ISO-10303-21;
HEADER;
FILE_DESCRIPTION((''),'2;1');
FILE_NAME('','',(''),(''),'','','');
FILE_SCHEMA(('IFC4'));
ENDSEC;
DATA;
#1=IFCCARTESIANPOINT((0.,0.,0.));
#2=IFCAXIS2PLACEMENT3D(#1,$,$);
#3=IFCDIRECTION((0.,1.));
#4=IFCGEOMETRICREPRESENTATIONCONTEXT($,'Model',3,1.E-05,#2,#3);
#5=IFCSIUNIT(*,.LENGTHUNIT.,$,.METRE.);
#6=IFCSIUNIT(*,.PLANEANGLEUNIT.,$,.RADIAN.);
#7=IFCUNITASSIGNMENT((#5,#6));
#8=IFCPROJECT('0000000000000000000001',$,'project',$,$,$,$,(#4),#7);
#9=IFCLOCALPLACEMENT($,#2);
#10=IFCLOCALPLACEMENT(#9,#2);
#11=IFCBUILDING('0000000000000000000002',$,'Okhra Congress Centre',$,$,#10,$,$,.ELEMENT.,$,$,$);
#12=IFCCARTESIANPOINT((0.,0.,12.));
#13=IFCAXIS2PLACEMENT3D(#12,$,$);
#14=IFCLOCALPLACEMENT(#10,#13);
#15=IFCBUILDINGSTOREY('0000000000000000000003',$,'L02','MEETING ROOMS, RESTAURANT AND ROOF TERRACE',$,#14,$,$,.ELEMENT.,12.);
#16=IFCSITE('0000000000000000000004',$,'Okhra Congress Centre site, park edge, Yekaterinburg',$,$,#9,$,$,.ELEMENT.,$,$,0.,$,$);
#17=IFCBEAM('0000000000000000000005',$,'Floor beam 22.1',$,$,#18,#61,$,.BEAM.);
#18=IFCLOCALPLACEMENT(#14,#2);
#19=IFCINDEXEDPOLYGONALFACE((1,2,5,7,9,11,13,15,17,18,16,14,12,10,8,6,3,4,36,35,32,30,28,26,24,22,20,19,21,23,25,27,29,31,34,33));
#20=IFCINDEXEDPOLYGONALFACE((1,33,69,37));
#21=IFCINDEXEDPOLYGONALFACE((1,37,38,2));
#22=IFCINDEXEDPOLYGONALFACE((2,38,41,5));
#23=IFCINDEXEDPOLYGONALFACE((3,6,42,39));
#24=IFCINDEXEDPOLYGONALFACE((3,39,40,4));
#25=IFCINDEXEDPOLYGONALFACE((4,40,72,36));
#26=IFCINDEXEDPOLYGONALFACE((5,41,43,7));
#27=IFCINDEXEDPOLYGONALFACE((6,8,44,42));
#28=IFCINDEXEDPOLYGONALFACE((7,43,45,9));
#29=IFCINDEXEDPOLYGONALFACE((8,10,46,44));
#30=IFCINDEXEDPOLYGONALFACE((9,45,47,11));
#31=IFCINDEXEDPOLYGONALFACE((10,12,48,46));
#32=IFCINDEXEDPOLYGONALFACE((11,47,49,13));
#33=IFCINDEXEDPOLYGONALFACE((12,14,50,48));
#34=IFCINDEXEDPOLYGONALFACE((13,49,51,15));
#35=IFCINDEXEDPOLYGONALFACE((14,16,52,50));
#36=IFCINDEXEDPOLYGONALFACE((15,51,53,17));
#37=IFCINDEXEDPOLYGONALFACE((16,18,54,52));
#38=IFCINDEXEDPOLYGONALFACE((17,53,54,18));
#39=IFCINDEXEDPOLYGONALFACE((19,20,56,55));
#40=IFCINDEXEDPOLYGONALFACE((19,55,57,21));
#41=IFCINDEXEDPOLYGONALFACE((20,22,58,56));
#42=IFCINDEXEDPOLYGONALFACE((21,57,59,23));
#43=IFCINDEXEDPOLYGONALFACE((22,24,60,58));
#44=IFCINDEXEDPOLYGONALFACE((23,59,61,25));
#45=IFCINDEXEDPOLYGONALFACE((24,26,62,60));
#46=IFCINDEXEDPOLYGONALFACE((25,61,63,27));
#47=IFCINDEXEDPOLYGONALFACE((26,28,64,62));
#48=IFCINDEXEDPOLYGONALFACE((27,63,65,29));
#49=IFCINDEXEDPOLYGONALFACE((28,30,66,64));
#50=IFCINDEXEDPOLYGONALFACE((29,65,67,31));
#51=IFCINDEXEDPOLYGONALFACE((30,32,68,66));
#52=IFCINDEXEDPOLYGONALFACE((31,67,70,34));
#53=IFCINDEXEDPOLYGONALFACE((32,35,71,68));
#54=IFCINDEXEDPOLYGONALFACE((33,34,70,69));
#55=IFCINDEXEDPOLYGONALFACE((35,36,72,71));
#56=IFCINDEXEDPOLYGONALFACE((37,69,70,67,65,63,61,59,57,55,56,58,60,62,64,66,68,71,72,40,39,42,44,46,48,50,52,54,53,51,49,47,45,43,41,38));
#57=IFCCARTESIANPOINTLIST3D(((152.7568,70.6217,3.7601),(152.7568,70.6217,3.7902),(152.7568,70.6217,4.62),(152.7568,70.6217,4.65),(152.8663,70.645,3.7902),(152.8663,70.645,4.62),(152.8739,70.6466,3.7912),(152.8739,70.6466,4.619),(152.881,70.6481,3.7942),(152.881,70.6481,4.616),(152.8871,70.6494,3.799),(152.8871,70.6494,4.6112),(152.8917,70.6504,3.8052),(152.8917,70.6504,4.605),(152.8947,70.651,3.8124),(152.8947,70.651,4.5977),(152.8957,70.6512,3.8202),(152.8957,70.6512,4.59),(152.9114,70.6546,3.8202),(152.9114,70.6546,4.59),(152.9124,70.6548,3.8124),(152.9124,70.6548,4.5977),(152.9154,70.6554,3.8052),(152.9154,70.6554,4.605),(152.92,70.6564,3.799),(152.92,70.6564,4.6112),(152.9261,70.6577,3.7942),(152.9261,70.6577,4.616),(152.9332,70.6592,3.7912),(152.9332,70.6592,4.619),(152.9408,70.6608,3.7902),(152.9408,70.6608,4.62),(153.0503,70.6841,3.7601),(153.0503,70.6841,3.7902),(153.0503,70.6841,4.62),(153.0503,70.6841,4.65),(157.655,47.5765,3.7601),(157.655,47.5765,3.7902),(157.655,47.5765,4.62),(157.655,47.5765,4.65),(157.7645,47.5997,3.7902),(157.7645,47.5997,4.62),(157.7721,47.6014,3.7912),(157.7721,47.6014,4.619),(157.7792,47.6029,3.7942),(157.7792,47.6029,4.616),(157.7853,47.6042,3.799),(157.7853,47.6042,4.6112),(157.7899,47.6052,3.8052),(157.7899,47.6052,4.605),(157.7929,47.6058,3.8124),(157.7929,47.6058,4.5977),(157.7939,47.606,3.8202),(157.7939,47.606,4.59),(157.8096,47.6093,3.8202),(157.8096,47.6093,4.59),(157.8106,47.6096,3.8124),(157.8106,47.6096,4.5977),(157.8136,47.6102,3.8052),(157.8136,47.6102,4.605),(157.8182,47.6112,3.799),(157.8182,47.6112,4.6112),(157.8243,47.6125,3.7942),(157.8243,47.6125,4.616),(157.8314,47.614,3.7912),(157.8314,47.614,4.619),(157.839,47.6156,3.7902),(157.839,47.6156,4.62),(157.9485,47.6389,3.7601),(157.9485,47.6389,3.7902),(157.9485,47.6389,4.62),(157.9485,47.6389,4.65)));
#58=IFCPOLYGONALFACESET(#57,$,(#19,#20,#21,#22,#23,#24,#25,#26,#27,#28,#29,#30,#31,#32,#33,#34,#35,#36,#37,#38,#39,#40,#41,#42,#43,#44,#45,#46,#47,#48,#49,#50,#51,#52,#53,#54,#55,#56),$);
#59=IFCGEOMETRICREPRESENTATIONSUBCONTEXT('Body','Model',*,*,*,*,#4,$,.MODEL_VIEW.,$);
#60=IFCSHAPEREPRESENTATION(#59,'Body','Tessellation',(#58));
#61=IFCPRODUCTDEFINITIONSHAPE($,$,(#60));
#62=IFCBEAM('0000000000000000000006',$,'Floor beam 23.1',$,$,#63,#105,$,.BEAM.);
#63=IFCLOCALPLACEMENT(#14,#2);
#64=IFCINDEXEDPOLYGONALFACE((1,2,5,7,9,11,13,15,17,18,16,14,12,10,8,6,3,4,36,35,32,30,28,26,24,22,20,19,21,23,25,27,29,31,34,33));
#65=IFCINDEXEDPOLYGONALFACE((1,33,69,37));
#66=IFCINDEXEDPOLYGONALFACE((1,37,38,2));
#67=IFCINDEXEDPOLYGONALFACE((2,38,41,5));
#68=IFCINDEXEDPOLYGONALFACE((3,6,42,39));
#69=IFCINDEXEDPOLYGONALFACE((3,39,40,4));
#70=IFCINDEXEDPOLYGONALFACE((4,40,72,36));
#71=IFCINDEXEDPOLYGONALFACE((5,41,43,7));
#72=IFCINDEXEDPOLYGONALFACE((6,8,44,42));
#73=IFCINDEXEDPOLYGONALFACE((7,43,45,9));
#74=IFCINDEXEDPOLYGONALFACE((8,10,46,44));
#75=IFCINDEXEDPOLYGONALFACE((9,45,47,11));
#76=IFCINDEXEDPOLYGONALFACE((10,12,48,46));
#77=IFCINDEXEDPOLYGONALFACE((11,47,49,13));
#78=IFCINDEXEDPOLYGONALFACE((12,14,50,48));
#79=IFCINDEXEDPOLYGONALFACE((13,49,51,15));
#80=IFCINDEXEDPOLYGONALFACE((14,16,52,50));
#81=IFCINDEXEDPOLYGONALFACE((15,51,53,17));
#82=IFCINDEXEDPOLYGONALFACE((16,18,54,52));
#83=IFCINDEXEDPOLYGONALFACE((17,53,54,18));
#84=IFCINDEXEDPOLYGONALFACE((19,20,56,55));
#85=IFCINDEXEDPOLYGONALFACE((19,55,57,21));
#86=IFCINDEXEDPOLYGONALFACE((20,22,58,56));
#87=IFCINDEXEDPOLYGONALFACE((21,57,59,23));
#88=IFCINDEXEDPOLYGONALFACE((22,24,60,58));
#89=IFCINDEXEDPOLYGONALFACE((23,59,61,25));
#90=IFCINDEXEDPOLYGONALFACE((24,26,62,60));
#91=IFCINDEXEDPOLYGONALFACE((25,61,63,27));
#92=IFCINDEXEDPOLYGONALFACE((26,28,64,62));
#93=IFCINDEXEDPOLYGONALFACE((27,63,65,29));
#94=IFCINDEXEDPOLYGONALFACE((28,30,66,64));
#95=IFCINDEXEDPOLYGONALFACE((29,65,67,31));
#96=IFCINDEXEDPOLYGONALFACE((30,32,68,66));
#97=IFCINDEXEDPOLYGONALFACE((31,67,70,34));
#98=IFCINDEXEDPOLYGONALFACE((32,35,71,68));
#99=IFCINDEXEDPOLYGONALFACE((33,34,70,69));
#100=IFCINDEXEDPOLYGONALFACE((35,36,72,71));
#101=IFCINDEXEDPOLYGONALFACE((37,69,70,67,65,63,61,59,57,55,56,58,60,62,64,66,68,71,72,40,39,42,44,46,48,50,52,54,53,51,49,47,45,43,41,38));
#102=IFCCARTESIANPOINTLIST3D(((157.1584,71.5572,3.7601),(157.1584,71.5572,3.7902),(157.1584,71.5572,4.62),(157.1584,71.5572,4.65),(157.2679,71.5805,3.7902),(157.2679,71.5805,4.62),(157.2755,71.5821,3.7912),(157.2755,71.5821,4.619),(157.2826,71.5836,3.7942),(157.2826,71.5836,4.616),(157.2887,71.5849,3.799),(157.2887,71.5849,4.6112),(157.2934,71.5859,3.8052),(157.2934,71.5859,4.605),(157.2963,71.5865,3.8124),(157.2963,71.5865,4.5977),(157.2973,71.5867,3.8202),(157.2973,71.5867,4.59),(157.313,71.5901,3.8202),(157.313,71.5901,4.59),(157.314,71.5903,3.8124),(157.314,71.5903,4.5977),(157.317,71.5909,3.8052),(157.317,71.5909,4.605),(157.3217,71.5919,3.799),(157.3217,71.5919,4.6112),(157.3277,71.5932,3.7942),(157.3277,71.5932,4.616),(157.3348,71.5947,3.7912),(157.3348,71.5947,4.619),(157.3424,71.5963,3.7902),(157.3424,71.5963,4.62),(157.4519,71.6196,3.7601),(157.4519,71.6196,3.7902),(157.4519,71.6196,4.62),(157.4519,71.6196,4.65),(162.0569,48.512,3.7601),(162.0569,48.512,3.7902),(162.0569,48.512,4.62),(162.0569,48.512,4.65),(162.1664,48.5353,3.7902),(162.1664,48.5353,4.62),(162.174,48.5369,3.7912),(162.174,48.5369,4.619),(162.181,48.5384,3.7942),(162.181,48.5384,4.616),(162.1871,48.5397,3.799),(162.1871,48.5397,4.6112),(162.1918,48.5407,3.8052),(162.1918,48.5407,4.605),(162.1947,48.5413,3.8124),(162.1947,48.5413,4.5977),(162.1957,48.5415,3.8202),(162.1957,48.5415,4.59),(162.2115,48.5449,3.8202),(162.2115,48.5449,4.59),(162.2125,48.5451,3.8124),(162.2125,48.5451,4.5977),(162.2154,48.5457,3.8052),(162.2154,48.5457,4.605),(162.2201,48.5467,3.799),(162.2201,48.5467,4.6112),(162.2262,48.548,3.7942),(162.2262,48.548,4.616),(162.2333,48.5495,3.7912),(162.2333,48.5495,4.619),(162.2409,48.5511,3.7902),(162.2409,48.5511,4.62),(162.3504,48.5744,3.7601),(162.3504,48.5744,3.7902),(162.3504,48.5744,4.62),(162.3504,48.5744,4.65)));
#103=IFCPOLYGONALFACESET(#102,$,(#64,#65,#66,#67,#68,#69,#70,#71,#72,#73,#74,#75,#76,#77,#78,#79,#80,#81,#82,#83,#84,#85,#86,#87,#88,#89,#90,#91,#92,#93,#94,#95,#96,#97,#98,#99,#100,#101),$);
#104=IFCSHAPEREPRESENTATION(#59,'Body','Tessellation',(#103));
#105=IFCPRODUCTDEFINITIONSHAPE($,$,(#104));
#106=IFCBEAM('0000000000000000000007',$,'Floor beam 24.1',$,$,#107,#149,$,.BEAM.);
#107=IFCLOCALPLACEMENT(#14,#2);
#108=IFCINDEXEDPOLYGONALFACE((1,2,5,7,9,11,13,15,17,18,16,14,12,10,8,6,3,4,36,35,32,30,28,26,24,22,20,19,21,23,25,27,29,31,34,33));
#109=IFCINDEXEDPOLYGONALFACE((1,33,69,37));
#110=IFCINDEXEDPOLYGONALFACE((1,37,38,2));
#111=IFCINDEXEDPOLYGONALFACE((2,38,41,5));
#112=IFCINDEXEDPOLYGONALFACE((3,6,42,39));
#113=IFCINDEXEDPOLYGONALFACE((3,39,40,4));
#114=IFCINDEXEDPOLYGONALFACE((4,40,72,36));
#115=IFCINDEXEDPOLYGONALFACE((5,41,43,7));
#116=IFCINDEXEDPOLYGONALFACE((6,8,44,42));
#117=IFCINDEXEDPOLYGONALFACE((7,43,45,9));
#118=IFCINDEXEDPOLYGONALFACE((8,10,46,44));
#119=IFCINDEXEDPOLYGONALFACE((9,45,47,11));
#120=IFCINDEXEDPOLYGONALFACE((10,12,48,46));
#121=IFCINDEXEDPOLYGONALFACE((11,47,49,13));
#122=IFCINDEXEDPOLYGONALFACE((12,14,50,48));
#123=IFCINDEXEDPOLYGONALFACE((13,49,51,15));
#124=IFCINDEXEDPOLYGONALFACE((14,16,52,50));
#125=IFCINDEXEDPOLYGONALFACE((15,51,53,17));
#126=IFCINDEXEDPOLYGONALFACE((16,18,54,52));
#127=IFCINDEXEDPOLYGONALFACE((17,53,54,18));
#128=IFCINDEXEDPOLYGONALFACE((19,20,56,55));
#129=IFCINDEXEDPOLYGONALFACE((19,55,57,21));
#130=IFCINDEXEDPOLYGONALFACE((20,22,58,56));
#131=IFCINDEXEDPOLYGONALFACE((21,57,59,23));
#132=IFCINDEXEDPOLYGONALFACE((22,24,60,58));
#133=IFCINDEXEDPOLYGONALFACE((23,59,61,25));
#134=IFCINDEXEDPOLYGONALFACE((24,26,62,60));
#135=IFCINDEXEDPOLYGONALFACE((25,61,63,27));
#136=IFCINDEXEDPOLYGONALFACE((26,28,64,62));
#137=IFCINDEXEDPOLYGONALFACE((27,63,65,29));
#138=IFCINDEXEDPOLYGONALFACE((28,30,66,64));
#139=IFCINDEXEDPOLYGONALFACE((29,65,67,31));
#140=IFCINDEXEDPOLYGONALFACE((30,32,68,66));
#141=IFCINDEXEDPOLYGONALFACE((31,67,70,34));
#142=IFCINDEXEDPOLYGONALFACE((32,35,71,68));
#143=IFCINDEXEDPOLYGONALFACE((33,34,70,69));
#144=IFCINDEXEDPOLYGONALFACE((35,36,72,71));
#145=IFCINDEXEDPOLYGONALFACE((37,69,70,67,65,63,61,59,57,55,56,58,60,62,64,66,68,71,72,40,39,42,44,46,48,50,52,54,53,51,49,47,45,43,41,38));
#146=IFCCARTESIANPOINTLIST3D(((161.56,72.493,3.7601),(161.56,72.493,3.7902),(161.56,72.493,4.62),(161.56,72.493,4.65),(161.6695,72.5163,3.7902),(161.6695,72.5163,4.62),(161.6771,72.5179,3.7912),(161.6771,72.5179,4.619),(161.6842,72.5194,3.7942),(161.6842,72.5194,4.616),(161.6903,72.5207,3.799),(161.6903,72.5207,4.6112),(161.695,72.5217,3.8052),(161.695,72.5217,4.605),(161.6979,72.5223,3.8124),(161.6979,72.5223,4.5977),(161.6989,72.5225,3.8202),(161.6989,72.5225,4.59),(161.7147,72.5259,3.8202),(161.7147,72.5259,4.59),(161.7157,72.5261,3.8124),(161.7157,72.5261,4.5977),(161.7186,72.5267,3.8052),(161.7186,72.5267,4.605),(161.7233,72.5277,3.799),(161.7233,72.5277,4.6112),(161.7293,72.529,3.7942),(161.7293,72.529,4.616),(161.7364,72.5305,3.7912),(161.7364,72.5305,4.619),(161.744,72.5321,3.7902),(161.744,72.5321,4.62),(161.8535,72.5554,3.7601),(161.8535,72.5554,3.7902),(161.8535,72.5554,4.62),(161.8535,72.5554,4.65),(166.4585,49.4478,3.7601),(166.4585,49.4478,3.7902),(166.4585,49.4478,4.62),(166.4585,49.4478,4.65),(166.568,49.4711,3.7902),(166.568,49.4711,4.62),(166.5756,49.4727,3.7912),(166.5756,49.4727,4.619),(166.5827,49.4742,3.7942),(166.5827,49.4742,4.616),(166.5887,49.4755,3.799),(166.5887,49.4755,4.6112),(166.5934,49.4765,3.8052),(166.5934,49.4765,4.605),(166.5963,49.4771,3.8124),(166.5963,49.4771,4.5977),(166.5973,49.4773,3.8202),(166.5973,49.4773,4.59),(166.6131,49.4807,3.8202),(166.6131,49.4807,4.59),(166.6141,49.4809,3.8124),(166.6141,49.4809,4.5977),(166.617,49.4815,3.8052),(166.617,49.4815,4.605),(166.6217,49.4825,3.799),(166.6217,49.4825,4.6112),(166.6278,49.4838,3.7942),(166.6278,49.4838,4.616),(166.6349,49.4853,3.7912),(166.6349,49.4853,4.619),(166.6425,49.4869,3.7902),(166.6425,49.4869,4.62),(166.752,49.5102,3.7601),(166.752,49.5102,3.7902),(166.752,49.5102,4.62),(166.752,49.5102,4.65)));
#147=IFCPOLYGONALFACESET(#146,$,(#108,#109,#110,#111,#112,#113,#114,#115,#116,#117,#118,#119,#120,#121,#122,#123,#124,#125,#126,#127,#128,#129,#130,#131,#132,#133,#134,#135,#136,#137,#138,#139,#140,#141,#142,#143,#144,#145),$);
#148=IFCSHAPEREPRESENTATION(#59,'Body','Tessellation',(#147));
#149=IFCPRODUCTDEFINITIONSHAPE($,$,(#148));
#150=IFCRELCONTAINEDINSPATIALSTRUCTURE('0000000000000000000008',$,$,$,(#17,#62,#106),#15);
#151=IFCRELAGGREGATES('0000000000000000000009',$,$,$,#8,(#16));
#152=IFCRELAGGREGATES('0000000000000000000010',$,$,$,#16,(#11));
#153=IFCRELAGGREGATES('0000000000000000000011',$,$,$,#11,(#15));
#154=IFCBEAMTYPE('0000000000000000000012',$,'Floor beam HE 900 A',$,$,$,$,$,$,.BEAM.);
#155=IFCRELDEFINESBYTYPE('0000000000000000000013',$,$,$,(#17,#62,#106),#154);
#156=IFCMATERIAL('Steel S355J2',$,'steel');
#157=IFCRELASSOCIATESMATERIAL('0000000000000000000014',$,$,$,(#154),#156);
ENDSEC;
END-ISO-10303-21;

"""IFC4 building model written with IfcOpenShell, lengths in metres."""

from ifc_helpers import new_model, si_unit, direction, frame, origin, origin_2d, place, context, subcontext, project, spatial, i_section, extrude, material, material_profile, profile_set, type_object, element, save


model = new_model("IFC4")

# Units and contexts
model_context = context("Model", 3, precision=1e-05, world=origin(), true_north=direction((0.0, 1.0)))
body_context = subcontext(model_context, "Body", "Model", "MODEL_VIEW")
ifc_project = project(units=[si_unit("LENGTHUNIT", "METRE"), si_unit("PLANEANGLEUNIT", "RADIAN")], contexts=[model_context])

# Site, building, storey
site_placement = place(None, origin())
site = spatial("IfcSite", under=ifc_project, at=site_placement, Name="Okhra Congress Centre site, park edge, Yekaterinburg", CompositionType="ELEMENT", RefElevation=0.0)
building_placement = place(site_placement, origin())
building = spatial("IfcBuilding", under=site, at=building_placement, Name="Okhra Congress Centre", CompositionType="ELEMENT")
storey_placement = place(building_placement, frame((0.0, 0.0, 12.0)))
storey = spatial("IfcBuildingStorey", under=building, at=storey_placement, Name="L02", Description="MEETING ROOMS, RESTAURANT AND ROOF TERRACE", CompositionType="ELEMENT", Elevation=12.0)

# Shared definitions
ifc_material_1 = material(Name="Steel S355J2", Category="steel")

# Beams
ifc_material_profile_1 = material_profile(ifc_material_1, i_section(OverallWidth=0.3, OverallDepth=0.8899, WebThickness=0.0161, FlangeThickness=0.03, FilletRadius=0.03, at=origin_2d()), Name="HE 900 A")
ifc_profile_set_1 = profile_set([ifc_material_profile_1], Name="Steel S355J2")
beam_type_1 = type_object("IfcBeamType", Name="Floor beam HE 900 A", PredefinedType="BEAM", material=ifc_profile_set_1)
for number, where, z_axis, x_axis, name in (
    (1, (157.8018, 47.6077, 4.2051), (-0.207903, 0.978149, 0.0), (-0.978149, -0.207903, 0.0), "Floor beam 22.1"),
    (2, (162.2036, 48.5432, 4.2051), (-0.207913, 0.978147, 0.0), (-0.978147, -0.207913, 0.0), "Floor beam 23.1"),
    (3, (166.6052, 49.479, 4.2051), (-0.207913, 0.978147, 0.0), (-0.978147, -0.207913, 0.0), "Floor beam 24.1"),
):
    element("IfcBeam", number, at=place(storey_placement, frame(where, z_axis=z_axis, x_axis=x_axis)), inside=storey, type_object=beam_type_1, Name=name, PredefinedType="BEAM", context=body_context, shape_type="SweptSolid", body=[
        extrude(i_section(OverallWidth=0.3, OverallDepth=0.8899, WebThickness=0.0161, FlangeThickness=0.03, FilletRadius=0.03, at=origin_2d()), origin(), (0.0, 0.0, 1.0), 23.5601),
    ])

save(model, "model.ifc")
